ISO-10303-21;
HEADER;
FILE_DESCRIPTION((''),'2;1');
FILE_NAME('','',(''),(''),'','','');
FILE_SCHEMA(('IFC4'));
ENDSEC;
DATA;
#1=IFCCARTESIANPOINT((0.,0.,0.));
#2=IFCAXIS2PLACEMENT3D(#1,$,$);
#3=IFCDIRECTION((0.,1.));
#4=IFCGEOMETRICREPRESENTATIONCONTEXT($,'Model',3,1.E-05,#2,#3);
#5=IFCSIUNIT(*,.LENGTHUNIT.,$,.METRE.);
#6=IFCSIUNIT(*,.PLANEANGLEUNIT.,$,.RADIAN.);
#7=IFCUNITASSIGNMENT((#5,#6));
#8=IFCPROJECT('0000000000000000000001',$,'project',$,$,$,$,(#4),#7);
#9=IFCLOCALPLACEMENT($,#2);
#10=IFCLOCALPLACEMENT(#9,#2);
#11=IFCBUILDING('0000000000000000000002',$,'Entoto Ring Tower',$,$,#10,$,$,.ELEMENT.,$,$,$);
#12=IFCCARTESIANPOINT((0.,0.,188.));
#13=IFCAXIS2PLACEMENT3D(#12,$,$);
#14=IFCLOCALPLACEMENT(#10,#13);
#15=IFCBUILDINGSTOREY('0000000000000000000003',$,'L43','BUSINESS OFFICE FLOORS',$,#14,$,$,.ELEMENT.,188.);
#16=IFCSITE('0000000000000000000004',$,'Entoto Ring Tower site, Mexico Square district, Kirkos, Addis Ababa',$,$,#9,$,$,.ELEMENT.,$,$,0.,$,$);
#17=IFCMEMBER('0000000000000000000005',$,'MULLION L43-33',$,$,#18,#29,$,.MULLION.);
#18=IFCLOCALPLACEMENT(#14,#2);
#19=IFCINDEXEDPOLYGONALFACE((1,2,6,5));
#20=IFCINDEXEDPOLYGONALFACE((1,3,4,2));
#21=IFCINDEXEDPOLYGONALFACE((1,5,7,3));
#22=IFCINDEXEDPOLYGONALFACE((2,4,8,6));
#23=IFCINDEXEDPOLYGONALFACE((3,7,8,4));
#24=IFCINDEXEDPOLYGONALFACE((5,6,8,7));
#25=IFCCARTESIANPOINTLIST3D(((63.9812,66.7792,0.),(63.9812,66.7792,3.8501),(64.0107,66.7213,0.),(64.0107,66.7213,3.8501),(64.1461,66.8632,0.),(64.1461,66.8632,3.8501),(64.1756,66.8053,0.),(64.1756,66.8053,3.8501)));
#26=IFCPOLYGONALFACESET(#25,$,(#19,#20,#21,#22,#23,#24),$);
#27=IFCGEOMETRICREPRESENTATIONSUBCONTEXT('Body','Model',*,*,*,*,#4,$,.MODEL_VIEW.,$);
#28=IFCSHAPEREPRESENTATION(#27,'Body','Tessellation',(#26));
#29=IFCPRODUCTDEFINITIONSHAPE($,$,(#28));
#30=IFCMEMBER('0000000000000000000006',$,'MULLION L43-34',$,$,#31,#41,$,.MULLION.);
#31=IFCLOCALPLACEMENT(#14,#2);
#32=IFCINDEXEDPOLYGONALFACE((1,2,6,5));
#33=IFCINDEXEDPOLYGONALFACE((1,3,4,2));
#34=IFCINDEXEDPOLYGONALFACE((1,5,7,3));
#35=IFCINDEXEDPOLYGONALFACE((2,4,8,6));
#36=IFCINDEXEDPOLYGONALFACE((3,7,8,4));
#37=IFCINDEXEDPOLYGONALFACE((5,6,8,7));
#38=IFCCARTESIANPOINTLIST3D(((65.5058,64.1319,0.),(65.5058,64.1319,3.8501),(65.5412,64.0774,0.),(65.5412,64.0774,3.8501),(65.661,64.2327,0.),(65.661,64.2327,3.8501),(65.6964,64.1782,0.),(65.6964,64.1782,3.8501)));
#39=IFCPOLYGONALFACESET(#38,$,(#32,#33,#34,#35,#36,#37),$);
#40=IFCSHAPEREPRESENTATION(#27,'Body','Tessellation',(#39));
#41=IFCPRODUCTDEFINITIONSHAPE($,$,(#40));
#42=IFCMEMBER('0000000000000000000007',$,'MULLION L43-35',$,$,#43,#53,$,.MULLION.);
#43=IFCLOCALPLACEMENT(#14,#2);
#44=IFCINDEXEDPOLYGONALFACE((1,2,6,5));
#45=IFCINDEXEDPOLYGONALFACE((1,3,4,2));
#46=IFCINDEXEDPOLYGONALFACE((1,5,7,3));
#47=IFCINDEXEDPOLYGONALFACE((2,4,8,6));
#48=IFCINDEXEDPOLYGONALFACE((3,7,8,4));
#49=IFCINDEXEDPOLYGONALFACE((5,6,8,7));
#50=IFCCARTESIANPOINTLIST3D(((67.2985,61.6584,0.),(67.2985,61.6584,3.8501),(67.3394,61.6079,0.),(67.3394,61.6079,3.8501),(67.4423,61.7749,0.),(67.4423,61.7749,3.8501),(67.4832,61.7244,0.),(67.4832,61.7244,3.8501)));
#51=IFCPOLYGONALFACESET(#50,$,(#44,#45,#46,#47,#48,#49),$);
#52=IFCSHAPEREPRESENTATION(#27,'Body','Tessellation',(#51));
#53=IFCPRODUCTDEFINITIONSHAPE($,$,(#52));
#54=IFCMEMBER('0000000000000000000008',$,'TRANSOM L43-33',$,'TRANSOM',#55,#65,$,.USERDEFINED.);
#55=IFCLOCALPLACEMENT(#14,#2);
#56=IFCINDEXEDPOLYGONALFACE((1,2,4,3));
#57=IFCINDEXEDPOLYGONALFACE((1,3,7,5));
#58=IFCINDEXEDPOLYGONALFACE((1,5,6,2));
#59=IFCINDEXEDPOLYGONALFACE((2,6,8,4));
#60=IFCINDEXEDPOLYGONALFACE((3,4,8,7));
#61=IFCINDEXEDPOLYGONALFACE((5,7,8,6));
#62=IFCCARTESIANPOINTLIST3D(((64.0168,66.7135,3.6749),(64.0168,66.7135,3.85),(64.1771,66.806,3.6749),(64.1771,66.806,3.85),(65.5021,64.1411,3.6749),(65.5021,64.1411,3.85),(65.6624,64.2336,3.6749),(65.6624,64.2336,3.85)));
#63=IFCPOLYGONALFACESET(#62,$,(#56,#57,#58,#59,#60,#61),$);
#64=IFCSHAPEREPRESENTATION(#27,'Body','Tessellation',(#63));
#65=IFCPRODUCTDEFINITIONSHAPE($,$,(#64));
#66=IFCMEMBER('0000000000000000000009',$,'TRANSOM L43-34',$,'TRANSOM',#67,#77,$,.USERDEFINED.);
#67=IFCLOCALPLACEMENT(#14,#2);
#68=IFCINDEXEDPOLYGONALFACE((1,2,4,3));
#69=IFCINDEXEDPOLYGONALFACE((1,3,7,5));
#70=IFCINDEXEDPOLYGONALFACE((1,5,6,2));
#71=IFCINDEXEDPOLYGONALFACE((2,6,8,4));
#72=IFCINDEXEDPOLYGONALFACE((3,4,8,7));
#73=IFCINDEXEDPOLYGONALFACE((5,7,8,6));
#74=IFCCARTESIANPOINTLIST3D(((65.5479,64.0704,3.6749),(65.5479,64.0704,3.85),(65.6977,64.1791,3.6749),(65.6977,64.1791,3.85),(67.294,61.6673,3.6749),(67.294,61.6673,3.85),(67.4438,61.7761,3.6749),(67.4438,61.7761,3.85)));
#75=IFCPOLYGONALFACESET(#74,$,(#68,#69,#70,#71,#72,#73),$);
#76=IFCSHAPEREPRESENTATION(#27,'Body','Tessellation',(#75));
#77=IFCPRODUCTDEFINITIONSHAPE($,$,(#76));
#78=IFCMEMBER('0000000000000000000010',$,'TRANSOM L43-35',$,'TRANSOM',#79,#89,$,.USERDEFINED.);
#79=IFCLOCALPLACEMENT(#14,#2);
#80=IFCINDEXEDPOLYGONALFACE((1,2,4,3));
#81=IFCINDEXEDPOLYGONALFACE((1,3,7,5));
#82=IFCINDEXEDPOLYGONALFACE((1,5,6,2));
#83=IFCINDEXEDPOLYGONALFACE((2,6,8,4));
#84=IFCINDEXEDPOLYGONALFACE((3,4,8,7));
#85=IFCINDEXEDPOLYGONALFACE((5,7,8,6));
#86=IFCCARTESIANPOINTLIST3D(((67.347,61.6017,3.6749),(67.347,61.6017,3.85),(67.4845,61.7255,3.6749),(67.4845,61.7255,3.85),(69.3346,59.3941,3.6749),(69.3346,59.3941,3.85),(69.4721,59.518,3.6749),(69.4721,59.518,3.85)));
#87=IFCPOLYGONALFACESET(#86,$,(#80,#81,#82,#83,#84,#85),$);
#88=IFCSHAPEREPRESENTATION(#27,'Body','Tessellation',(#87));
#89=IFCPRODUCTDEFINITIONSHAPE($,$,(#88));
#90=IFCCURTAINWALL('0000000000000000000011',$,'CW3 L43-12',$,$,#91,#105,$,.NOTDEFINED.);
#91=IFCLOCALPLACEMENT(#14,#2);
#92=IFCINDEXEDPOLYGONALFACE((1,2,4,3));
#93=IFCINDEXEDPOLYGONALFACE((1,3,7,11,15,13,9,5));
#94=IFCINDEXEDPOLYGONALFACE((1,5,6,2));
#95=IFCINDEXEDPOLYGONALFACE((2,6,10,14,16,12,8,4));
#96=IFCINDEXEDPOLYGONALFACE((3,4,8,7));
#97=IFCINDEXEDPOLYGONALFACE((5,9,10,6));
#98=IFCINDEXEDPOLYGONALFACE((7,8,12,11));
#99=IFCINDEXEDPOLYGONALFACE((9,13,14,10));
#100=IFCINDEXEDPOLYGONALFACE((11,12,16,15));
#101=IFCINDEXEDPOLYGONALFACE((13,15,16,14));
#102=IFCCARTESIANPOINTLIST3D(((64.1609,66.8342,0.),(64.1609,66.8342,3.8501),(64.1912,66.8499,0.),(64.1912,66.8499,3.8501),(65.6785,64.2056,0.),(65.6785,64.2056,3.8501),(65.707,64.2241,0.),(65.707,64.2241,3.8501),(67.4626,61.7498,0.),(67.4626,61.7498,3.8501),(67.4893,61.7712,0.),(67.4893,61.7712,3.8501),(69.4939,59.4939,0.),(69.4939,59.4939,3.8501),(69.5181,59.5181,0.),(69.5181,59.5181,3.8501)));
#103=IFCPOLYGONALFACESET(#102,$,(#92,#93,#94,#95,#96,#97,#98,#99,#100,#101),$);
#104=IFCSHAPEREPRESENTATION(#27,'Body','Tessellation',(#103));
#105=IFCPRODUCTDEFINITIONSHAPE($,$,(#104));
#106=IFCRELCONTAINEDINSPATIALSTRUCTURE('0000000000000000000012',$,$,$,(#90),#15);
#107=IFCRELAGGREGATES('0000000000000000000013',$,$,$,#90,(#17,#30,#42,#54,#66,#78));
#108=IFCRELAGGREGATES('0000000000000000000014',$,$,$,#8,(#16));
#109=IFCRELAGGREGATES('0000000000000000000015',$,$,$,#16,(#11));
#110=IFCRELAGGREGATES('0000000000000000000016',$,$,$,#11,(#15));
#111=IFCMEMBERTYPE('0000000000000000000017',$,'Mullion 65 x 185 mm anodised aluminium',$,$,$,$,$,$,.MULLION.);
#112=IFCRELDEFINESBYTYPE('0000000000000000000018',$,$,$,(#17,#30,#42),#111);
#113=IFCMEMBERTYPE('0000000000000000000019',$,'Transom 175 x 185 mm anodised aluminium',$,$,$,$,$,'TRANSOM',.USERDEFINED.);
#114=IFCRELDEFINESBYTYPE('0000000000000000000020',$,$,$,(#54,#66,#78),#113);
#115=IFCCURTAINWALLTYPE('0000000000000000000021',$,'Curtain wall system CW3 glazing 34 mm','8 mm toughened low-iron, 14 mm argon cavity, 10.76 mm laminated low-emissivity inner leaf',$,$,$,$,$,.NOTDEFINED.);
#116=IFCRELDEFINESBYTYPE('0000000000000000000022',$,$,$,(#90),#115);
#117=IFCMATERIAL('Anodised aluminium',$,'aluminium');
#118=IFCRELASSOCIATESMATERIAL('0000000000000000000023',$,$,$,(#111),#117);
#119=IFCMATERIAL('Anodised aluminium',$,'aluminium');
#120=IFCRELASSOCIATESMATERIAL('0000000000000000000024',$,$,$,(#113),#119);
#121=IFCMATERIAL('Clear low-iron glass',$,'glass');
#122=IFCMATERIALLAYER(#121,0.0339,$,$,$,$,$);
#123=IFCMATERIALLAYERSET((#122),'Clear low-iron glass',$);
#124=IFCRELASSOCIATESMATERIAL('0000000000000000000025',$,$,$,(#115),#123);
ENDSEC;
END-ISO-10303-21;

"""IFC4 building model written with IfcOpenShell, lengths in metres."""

from ifc_helpers import new_model, si_unit, direction, frame, origin, origin_2d, place, context, subcontext, project, spatial, polyline, rectangle, outline, extrude, material, layer, layer_set, material_profile, profile_set, type_object, element, aggregate, save


model = new_model("IFC4")

# Units and contexts
model_context = context("Model", 3, precision=1e-05, world=origin(), true_north=direction((0.0, 1.0)))
body_context = subcontext(model_context, "Body", "Model", "MODEL_VIEW")
ifc_project = project(units=[si_unit("LENGTHUNIT", "METRE"), si_unit("PLANEANGLEUNIT", "RADIAN")], contexts=[model_context])

# Members
ifc_material_1 = material(Name="Anodised aluminium", Category="aluminium")
ifc_material_profile_1 = material_profile(ifc_material_1, rectangle(XDim=0.0649, YDim=0.1851, at=origin_2d()), Name="Mullion 65 x 185 mm anodised aluminium")
ifc_profile_set_1 = profile_set([ifc_material_profile_1], Name="Anodised aluminium")
member_type_1 = type_object("IfcMemberType", Name="Mullion 65 x 185 mm anodised aluminium", PredefinedType="MULLION", material=ifc_profile_set_1)
site_placement = place(None, origin())
building_placement = place(site_placement, origin())
storey_placement = place(building_placement, frame((0.0, 0.0, 188.0)))
member_1_placement = place(storey_placement, frame((64.0784, 66.7922, 0.0), z_axis=(0.0, 0.0, 1.0), x_axis=(0.45399, -0.891007, 0.0)))
member_1 = element("IfcMember", 1, at=member_1_placement, type_object=member_type_1, Name="MULLION L43-33", PredefinedType="MULLION", context=body_context, shape_type="SweptSolid", body=[
    extrude(rectangle(XDim=0.0649, YDim=0.1851, at=origin_2d()), origin(), (0.0, 0.0, 1.0), 3.8501),
])
member_2_placement = place(storey_placement, frame((65.6011, 64.155, 0.0), z_axis=(0.0, 0.0, 1.0), x_axis=(0.544639, -0.838671, 0.0)))
member_2 = element("IfcMember", 2, at=member_2_placement, type_object=member_type_1, Name="MULLION L43-34", PredefinedType="MULLION", context=body_context, shape_type="SweptSolid", body=[
    extrude(rectangle(XDim=0.0649, YDim=0.1851, at=origin_2d()), origin(), (0.0, 0.0, 1.0), 3.8501),
])
member_3_placement = place(storey_placement, frame((67.3909, 61.6914, 0.0), z_axis=(0.0, 0.0, 1.0), x_axis=(0.62932, -0.777146, 0.0)))
member_3 = element("IfcMember", 3, at=member_3_placement, type_object=member_type_1, Name="MULLION L43-35", PredefinedType="MULLION", context=body_context, shape_type="SweptSolid", body=[
    extrude(rectangle(XDim=0.0649, YDim=0.1851, at=origin_2d()), origin(), (0.0, 0.0, 1.0), 3.8501),
])
ifc_material_2 = material(Name="Anodised aluminium", Category="aluminium")
ifc_material_profile_2 = material_profile(ifc_material_2, rectangle(XDim=0.1851, YDim=0.175, at=origin_2d()), Name="Transom 175 x 185 mm anodised aluminium")
ifc_profile_set_2 = profile_set([ifc_material_profile_2], Name="Anodised aluminium")
member_type_2 = type_object("IfcMemberType", Name="Transom 175 x 185 mm anodised aluminium", ElementType="TRANSOM", PredefinedType="USERDEFINED", material=ifc_profile_set_2)
member_4_placement = place(storey_placement, frame((64.0969, 66.7598, 3.7625), z_axis=(0.500028, -0.866009, 0.0), x_axis=(0.866009, 0.500028, 0.0)))
member_4 = element("IfcMember", 4, at=member_4_placement, type_object=member_type_2, Name="TRANSOM L43-33", ObjectType="TRANSOM", PredefinedType="USERDEFINED", context=body_context, shape_type="SweptSolid", body=[
    extrude(rectangle(XDim=0.1851, YDim=0.175, at=origin_2d()), origin(), (0.0, 0.0, 1.0), 2.9705),
])
member_5_placement = place(storey_placement, frame((65.6228, 64.1248, 3.7625), z_axis=(0.58782, -0.808992, 0.0), x_axis=(0.808992, 0.58782, 0.0)))
member_5 = element("IfcMember", 5, at=member_5_placement, type_object=member_type_2, Name="TRANSOM L43-34", ObjectType="TRANSOM", PredefinedType="USERDEFINED", context=body_context, shape_type="SweptSolid", body=[
    extrude(rectangle(XDim=0.1851, YDim=0.175, at=origin_2d()), origin(), (0.0, 0.0, 1.0), 2.9705),
])
member_6_placement = place(storey_placement, frame((67.4158, 61.6636, 3.7625), z_axis=(0.66911, -0.743163, 0.0), x_axis=(0.743163, 0.66911, 0.0)))
member_6 = element("IfcMember", 6, at=member_6_placement, type_object=member_type_2, Name="TRANSOM L43-35", ObjectType="TRANSOM", PredefinedType="USERDEFINED", context=body_context, shape_type="SweptSolid", body=[
    extrude(rectangle(XDim=0.1851, YDim=0.175, at=origin_2d()), origin(), (0.0, 0.0, 1.0), 2.9705),
])

# Site, building, storey
site = spatial("IfcSite", under=ifc_project, at=site_placement, Name="Entoto Ring Tower site, Mexico Square district, Kirkos, Addis Ababa", CompositionType="ELEMENT", RefElevation=0.0)
building = spatial("IfcBuilding", under=site, at=building_placement, Name="Entoto Ring Tower", CompositionType="ELEMENT")
storey = spatial("IfcBuildingStorey", under=building, at=storey_placement, Name="L43", Description="BUSINESS OFFICE FLOORS", CompositionType="ELEMENT", Elevation=188.0)

# Curtain wall
ifc_material_3 = material(Name="Clear low-iron glass", Category="glass")
ifc_layer = layer(ifc_material_3, 0.0339)
ifc_layer_set = layer_set([ifc_layer], Name="Clear low-iron glass")
curtain_wall_type = type_object("IfcCurtainWallType", Name="Curtain wall system CW3 glazing 34 mm", Description="8 mm toughened low-iron, 14 mm argon cavity, 10.76 mm laminated low-emissivity inner leaf", PredefinedType="NOTDEFINED", material=ifc_layer_set)
curtain_wall_1_placement = place(storey_placement, origin())
curtain_wall_1 = element("IfcCurtainWall", 7, at=curtain_wall_1_placement, inside=storey, type_object=curtain_wall_type, Name="CW3 L43-12", PredefinedType="NOTDEFINED", context=body_context, shape_type="SweptSolid", body=[
    extrude(outline(polyline([(64.1609, 66.8342), (65.6785, 64.2056), (67.4626, 61.7498), (69.4939, 59.4939), (69.5181, 59.5181), (67.4893, 61.7712), (65.707, 64.2241), (64.1912, 66.8499), (64.1609, 66.8342)])), origin(), (0.0, 0.0, 1.0), 3.8501),
])
aggregate(curtain_wall_1, [member_1, member_2, member_3, member_4, member_5, member_6])

save(model, "model.ifc")
